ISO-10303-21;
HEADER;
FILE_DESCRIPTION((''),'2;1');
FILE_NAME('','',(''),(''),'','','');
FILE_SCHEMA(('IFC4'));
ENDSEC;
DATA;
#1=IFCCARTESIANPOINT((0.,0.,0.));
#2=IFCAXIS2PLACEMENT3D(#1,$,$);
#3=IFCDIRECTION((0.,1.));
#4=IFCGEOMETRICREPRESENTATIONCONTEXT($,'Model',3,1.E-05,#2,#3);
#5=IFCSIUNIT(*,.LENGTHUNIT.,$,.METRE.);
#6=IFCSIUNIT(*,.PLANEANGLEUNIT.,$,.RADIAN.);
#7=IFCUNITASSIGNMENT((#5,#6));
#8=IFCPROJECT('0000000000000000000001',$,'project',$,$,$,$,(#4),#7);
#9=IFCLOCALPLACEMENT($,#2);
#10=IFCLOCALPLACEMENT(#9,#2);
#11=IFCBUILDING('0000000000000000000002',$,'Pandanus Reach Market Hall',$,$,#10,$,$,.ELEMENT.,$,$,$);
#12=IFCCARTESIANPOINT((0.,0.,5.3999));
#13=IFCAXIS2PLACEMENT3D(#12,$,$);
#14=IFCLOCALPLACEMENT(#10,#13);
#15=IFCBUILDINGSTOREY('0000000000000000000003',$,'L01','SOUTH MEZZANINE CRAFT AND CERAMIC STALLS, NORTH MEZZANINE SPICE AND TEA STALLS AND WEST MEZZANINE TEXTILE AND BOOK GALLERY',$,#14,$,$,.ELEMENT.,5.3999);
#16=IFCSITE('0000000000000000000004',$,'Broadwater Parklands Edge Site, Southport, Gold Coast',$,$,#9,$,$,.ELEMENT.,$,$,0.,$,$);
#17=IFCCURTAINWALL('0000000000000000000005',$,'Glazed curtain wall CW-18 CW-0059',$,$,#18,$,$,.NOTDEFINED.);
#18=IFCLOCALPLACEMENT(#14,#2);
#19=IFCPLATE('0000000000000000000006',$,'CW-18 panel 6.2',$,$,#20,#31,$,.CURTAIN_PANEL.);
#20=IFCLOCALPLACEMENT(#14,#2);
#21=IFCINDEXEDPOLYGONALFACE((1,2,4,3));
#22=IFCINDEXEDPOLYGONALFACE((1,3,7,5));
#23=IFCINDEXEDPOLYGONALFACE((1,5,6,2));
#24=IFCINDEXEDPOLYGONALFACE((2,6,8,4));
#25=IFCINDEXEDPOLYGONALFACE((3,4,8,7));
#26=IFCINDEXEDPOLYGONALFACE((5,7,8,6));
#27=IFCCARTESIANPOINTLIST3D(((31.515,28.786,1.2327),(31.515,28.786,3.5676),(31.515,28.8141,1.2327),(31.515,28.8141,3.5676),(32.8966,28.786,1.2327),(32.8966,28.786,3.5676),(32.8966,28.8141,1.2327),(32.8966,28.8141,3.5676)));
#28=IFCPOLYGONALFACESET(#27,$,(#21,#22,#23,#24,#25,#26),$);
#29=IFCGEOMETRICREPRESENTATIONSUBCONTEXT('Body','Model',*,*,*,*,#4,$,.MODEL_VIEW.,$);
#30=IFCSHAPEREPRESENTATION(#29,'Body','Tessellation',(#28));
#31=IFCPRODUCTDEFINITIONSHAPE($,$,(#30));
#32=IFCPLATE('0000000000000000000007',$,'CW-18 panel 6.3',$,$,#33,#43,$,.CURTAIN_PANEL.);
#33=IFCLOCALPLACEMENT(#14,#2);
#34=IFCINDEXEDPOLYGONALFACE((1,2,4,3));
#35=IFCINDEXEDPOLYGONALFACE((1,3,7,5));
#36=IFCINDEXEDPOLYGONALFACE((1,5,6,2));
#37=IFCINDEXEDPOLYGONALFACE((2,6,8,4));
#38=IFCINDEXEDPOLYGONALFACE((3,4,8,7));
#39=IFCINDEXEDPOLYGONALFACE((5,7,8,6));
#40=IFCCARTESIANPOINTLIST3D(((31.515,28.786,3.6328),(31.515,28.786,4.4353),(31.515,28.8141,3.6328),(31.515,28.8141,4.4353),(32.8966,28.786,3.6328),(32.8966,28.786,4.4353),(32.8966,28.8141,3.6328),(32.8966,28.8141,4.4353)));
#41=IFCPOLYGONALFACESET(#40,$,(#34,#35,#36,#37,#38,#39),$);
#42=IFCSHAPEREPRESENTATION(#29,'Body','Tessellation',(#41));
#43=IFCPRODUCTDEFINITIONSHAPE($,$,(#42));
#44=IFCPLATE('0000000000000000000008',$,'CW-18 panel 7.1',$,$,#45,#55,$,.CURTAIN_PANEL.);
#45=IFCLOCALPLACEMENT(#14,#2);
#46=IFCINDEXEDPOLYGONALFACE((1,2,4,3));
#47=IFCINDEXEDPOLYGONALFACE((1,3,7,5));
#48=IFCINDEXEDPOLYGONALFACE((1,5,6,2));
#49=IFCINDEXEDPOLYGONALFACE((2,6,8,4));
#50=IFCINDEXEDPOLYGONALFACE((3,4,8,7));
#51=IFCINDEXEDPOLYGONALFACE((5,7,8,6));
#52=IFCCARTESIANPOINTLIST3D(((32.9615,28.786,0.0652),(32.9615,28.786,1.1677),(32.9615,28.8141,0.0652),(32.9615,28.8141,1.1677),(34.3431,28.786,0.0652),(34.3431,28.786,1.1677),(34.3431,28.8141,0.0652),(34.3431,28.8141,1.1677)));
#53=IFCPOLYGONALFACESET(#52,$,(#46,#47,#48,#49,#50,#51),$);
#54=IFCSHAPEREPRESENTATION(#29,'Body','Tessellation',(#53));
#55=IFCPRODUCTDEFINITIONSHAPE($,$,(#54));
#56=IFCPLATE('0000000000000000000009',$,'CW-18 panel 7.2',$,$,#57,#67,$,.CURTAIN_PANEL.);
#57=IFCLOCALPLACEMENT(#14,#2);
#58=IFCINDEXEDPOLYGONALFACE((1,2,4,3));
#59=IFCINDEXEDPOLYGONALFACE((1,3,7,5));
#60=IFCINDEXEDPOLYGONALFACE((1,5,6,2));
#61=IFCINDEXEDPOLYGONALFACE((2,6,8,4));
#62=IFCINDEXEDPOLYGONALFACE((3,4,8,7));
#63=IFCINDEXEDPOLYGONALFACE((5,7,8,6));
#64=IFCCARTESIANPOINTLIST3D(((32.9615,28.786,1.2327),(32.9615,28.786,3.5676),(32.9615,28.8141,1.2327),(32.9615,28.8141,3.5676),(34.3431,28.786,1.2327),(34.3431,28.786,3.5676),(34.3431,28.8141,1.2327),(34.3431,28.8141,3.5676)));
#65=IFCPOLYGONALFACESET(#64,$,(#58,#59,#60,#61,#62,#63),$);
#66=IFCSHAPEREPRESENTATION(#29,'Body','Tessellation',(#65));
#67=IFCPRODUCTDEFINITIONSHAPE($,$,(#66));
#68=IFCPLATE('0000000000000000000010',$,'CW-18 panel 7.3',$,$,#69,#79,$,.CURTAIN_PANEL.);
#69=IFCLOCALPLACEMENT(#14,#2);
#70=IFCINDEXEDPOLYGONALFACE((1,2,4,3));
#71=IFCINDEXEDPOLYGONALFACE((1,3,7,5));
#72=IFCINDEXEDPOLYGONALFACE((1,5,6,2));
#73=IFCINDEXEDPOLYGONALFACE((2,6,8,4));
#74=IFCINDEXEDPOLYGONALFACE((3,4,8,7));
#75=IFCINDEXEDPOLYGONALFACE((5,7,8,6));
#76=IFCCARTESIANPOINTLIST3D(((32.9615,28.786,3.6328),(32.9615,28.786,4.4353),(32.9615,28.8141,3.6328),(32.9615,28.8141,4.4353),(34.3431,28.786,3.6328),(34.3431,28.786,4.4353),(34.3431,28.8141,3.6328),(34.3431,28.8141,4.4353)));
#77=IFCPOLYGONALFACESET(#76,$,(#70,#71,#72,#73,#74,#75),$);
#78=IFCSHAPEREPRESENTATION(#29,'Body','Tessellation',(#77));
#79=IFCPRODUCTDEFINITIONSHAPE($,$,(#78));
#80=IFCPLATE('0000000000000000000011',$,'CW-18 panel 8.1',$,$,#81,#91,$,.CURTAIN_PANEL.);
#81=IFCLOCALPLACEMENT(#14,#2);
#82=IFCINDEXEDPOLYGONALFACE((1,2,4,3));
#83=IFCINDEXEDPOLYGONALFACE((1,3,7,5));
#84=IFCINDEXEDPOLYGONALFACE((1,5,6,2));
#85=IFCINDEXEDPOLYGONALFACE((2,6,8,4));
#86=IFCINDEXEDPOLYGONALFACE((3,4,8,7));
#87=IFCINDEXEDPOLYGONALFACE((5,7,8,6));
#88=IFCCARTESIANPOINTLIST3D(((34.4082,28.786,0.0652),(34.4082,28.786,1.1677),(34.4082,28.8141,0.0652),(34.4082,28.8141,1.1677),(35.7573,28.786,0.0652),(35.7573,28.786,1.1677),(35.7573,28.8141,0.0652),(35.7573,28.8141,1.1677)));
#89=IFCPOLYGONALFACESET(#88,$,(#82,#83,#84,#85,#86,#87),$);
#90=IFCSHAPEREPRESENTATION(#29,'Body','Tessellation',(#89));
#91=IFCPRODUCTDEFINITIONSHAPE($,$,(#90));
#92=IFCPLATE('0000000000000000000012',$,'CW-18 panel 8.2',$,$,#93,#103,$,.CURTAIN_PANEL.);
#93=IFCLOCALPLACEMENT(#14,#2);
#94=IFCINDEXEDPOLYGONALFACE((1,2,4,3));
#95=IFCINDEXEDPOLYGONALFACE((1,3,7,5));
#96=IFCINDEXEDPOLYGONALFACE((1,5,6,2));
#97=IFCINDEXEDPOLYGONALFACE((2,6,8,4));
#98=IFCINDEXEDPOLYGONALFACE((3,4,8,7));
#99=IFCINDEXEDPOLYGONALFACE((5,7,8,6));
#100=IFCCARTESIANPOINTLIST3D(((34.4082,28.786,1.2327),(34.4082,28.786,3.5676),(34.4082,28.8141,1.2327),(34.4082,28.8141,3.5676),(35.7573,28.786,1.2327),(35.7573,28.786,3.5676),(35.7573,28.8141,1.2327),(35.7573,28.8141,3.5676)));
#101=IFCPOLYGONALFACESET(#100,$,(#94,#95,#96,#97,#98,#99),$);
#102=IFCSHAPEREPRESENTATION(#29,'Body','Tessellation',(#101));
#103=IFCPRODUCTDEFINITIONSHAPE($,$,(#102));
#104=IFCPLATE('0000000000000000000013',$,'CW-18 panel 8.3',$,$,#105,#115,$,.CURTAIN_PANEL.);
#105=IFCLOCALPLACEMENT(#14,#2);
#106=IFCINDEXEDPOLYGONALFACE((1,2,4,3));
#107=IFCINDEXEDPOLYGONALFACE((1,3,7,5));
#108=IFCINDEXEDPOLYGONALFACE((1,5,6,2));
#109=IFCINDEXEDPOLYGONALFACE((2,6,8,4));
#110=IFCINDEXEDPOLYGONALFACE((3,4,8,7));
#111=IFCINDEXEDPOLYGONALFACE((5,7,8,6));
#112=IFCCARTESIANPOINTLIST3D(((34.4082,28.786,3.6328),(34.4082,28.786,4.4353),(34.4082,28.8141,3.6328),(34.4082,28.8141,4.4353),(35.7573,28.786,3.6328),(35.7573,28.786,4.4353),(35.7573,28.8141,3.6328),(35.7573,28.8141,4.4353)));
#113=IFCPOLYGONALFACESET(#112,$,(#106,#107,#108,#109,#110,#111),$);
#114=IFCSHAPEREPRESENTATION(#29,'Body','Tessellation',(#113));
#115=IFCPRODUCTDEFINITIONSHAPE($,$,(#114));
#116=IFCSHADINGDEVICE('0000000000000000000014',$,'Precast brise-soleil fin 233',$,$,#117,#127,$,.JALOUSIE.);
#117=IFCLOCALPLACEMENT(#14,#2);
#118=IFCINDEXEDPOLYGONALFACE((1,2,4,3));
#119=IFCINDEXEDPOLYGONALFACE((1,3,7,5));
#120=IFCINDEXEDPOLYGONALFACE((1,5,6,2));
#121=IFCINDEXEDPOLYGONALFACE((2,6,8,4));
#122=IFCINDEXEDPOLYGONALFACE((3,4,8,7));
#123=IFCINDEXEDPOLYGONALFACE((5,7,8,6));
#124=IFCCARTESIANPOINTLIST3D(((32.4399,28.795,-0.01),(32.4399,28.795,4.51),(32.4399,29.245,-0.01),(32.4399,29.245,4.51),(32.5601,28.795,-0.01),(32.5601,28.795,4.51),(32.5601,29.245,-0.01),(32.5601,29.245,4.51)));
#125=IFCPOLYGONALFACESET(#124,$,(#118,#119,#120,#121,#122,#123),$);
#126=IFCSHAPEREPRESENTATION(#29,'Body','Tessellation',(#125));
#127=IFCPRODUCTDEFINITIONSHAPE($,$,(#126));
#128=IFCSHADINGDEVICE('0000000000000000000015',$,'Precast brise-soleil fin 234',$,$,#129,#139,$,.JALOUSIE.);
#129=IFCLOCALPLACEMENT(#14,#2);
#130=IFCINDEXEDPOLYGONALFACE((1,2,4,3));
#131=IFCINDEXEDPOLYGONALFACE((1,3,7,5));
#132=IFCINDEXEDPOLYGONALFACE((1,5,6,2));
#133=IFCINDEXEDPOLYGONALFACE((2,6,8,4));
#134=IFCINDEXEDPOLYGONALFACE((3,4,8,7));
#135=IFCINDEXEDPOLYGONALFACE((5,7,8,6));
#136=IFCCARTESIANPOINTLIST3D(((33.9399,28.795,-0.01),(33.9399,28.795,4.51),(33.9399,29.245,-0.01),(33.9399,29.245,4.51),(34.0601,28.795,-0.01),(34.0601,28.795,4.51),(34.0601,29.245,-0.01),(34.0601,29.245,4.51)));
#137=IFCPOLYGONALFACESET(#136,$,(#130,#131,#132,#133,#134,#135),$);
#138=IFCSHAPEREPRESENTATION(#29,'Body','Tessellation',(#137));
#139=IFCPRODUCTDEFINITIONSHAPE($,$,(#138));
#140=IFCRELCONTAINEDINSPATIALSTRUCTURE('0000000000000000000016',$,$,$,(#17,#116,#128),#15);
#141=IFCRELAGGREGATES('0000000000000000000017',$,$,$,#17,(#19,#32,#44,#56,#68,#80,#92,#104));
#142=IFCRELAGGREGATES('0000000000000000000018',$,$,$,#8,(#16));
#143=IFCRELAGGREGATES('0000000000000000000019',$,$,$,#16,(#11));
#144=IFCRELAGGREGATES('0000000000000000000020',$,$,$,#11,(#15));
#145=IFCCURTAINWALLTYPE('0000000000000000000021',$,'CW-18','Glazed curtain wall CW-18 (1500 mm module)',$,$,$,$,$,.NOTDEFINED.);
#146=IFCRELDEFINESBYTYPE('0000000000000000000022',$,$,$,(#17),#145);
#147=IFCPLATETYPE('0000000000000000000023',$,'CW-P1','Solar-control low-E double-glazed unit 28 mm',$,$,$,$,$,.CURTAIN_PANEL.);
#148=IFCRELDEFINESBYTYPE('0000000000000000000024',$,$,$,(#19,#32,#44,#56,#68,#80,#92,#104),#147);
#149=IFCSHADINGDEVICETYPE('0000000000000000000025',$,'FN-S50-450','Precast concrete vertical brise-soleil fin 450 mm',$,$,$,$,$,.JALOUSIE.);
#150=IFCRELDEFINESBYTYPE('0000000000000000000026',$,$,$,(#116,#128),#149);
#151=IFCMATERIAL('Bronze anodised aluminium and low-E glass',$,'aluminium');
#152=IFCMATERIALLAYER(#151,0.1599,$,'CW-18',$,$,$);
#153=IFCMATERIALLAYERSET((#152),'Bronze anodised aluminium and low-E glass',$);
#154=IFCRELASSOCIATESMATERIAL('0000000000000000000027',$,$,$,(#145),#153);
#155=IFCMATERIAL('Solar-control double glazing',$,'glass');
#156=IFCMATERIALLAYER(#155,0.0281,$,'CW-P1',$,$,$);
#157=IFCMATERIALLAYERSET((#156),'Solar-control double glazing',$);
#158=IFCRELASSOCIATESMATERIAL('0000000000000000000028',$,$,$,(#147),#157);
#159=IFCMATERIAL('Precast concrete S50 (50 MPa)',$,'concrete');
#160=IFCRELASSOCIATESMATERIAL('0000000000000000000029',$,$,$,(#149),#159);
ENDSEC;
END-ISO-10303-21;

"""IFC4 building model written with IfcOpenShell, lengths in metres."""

from ifc_helpers import new_model, si_unit, direction, frame, origin, origin_2d, place, context, subcontext, project, spatial, rectangle, extrude, material, layer, layer_set, type_object, element, aggregate, save


model = new_model("IFC4")

# Units and contexts
model_context = context("Model", 3, precision=1e-05, world=origin(), true_north=direction((0.0, 1.0)))
body_context = subcontext(model_context, "Body", "Model", "MODEL_VIEW")
ifc_project = project(units=[si_unit("LENGTHUNIT", "METRE"), si_unit("PLANEANGLEUNIT", "RADIAN")], contexts=[model_context])

# Site, building, storey
site_placement = place(None, origin())
site = spatial("IfcSite", under=ifc_project, at=site_placement, Name="Broadwater Parklands Edge Site, Southport, Gold Coast", CompositionType="ELEMENT", RefElevation=0.0)
building_placement = place(site_placement, origin())
building = spatial("IfcBuilding", under=site, at=building_placement, Name="Pandanus Reach Market Hall", CompositionType="ELEMENT")
storey_placement = place(building_placement, frame((0.0, 0.0, 5.3999)))
storey = spatial("IfcBuildingStorey", under=building, at=storey_placement, Name="L01", Description="SOUTH MEZZANINE CRAFT AND CERAMIC STALLS, NORTH MEZZANINE SPICE AND TEA STALLS AND WEST MEZZANINE TEXTILE AND BOOK GALLERY", CompositionType="ELEMENT", Elevation=5.3999)

# Curtain wall, plates
ifc_material_1 = material(Name="Bronze anodised aluminium and low-E glass", Category="aluminium")
ifc_layer_1 = layer(ifc_material_1, 0.1599, Name="CW-18")
ifc_layer_set_1 = layer_set([ifc_layer_1], Name="Bronze anodised aluminium and low-E glass")
curtain_wall_type = type_object("IfcCurtainWallType", Name="CW-18", Description="Glazed curtain wall CW-18 (1500 mm module)", PredefinedType="NOTDEFINED", material=ifc_layer_set_1)
curtain_wall_placement = place(storey_placement, origin())
curtain_wall = element("IfcCurtainWall", 1, at=curtain_wall_placement, inside=storey, type_object=curtain_wall_type, Name="Glazed curtain wall CW-18 CW-0059", PredefinedType="NOTDEFINED")
ifc_material_2 = material(Name="Solar-control double glazing", Category="glass")
ifc_layer_2 = layer(ifc_material_2, 0.0281, Name="CW-P1")
ifc_layer_set_2 = layer_set([ifc_layer_2], Name="Solar-control double glazing")
plate_type = type_object("IfcPlateType", Name="CW-P1", Description="Solar-control low-E double-glazed unit 28 mm", PredefinedType="CURTAIN_PANEL", material=ifc_layer_set_2)
plate_1_placement = place(storey_placement, frame((32.2058, 28.8, 1.2327), z_axis=(0.0, 0.0, 1.0), x_axis=(1.0, 0.0, 0.0)))
plate_1 = element("IfcPlate", 2, at=plate_1_placement, type_object=plate_type, Name="CW-18 panel 6.2", PredefinedType="CURTAIN_PANEL", context=body_context, shape_type="SweptSolid", body=[
    extrude(rectangle(XDim=1.3816, YDim=0.0281, at=origin_2d()), origin(), (0.0, 0.0, 1.0), 2.335),
])
plate_2_placement = place(storey_placement, frame((32.2058, 28.8, 3.6328), z_axis=(0.0, 0.0, 1.0), x_axis=(1.0, 0.0, 0.0)))
plate_2 = element("IfcPlate", 3, at=plate_2_placement, type_object=plate_type, Name="CW-18 panel 6.3", PredefinedType="CURTAIN_PANEL", context=body_context, shape_type="SweptSolid", body=[
    extrude(rectangle(XDim=1.3816, YDim=0.0281, at=origin_2d()), origin(), (0.0, 0.0, 1.0), 0.8025),
])
plate_3_placement = place(storey_placement, frame((33.6523, 28.8, 0.0652), z_axis=(0.0, 0.0, 1.0), x_axis=(1.0, 0.0, 0.0)))
plate_3 = element("IfcPlate", 4, at=plate_3_placement, type_object=plate_type, Name="CW-18 panel 7.1", PredefinedType="CURTAIN_PANEL", context=body_context, shape_type="SweptSolid", body=[
    extrude(rectangle(XDim=1.3816, YDim=0.0281, at=origin_2d()), origin(), (0.0, 0.0, 1.0), 1.1025),
])
plate_4_placement = place(storey_placement, frame((33.6523, 28.8, 1.2327), z_axis=(0.0, 0.0, 1.0), x_axis=(1.0, 0.0, 0.0)))
plate_4 = element("IfcPlate", 5, at=plate_4_placement, type_object=plate_type, Name="CW-18 panel 7.2", PredefinedType="CURTAIN_PANEL", context=body_context, shape_type="SweptSolid", body=[
    extrude(rectangle(XDim=1.3816, YDim=0.0281, at=origin_2d()), origin(), (0.0, 0.0, 1.0), 2.335),
])
plate_5_placement = place(storey_placement, frame((33.6523, 28.8, 3.6328), z_axis=(0.0, 0.0, 1.0), x_axis=(1.0, 0.0, 0.0)))
plate_5 = element("IfcPlate", 6, at=plate_5_placement, type_object=plate_type, Name="CW-18 panel 7.3", PredefinedType="CURTAIN_PANEL", context=body_context, shape_type="SweptSolid", body=[
    extrude(rectangle(XDim=1.3816, YDim=0.0281, at=origin_2d()), origin(), (0.0, 0.0, 1.0), 0.8025),
])
plate_6_placement = place(storey_placement, frame((35.0828, 28.8, 0.0652), z_axis=(0.0, 0.0, 1.0), x_axis=(1.0, 0.0, 0.0)))
plate_6 = element("IfcPlate", 7, at=plate_6_placement, type_object=plate_type, Name="CW-18 panel 8.1", PredefinedType="CURTAIN_PANEL", context=body_context, shape_type="SweptSolid", body=[
    extrude(rectangle(XDim=1.3491, YDim=0.0281, at=origin_2d()), origin(), (0.0, 0.0, 1.0), 1.1025),
])
plate_7_placement = place(storey_placement, frame((35.0828, 28.8, 1.2327), z_axis=(0.0, 0.0, 1.0), x_axis=(1.0, 0.0, 0.0)))
plate_7 = element("IfcPlate", 8, at=plate_7_placement, type_object=plate_type, Name="CW-18 panel 8.2", PredefinedType="CURTAIN_PANEL", context=body_context, shape_type="SweptSolid", body=[
    extrude(rectangle(XDim=1.3491, YDim=0.0281, at=origin_2d()), origin(), (0.0, 0.0, 1.0), 2.335),
])
plate_8_placement = place(storey_placement, frame((35.0828, 28.8, 3.6328), z_axis=(0.0, 0.0, 1.0), x_axis=(1.0, 0.0, 0.0)))
plate_8 = element("IfcPlate", 9, at=plate_8_placement, type_object=plate_type, Name="CW-18 panel 8.3", PredefinedType="CURTAIN_PANEL", context=body_context, shape_type="SweptSolid", body=[
    extrude(rectangle(XDim=1.3491, YDim=0.0281, at=origin_2d()), origin(), (0.0, 0.0, 1.0), 0.8025),
])
aggregate(curtain_wall, [plate_1, plate_2, plate_3, plate_4, plate_5, plate_6, plate_7, plate_8])

# Shading devices
ifc_material_3 = material(Name="Precast concrete S50 (50 MPa)", Category="concrete")
shading_device_type = type_object("IfcShadingDeviceType", Name="FN-S50-450", Description="Precast concrete vertical brise-soleil fin 450 mm", PredefinedType="JALOUSIE", material=ifc_material_3)
for number, where, z_axis, x_axis, name in (
    (10, (32.5, 29.02, -0.01), (0.0, 0.0, 1.0), (0.0, 1.0, 0.0), "Precast brise-soleil fin 233"),
    (11, (34.0, 29.02, -0.01), (0.0, 0.0, 1.0), (0.0, 1.0, 0.0), "Precast brise-soleil fin 234"),
):
    element("IfcShadingDevice", number, at=place(storey_placement, frame(where, z_axis=z_axis, x_axis=x_axis)), inside=storey, type_object=shading_device_type, Name=name, PredefinedType="JALOUSIE", context=body_context, shape_type="SweptSolid", body=[
        extrude(rectangle(XDim=0.45, YDim=0.1201, at=origin_2d()), origin(), (0.0, 0.0, 1.0), 4.52),
    ])

save(model, "model.ifc")
